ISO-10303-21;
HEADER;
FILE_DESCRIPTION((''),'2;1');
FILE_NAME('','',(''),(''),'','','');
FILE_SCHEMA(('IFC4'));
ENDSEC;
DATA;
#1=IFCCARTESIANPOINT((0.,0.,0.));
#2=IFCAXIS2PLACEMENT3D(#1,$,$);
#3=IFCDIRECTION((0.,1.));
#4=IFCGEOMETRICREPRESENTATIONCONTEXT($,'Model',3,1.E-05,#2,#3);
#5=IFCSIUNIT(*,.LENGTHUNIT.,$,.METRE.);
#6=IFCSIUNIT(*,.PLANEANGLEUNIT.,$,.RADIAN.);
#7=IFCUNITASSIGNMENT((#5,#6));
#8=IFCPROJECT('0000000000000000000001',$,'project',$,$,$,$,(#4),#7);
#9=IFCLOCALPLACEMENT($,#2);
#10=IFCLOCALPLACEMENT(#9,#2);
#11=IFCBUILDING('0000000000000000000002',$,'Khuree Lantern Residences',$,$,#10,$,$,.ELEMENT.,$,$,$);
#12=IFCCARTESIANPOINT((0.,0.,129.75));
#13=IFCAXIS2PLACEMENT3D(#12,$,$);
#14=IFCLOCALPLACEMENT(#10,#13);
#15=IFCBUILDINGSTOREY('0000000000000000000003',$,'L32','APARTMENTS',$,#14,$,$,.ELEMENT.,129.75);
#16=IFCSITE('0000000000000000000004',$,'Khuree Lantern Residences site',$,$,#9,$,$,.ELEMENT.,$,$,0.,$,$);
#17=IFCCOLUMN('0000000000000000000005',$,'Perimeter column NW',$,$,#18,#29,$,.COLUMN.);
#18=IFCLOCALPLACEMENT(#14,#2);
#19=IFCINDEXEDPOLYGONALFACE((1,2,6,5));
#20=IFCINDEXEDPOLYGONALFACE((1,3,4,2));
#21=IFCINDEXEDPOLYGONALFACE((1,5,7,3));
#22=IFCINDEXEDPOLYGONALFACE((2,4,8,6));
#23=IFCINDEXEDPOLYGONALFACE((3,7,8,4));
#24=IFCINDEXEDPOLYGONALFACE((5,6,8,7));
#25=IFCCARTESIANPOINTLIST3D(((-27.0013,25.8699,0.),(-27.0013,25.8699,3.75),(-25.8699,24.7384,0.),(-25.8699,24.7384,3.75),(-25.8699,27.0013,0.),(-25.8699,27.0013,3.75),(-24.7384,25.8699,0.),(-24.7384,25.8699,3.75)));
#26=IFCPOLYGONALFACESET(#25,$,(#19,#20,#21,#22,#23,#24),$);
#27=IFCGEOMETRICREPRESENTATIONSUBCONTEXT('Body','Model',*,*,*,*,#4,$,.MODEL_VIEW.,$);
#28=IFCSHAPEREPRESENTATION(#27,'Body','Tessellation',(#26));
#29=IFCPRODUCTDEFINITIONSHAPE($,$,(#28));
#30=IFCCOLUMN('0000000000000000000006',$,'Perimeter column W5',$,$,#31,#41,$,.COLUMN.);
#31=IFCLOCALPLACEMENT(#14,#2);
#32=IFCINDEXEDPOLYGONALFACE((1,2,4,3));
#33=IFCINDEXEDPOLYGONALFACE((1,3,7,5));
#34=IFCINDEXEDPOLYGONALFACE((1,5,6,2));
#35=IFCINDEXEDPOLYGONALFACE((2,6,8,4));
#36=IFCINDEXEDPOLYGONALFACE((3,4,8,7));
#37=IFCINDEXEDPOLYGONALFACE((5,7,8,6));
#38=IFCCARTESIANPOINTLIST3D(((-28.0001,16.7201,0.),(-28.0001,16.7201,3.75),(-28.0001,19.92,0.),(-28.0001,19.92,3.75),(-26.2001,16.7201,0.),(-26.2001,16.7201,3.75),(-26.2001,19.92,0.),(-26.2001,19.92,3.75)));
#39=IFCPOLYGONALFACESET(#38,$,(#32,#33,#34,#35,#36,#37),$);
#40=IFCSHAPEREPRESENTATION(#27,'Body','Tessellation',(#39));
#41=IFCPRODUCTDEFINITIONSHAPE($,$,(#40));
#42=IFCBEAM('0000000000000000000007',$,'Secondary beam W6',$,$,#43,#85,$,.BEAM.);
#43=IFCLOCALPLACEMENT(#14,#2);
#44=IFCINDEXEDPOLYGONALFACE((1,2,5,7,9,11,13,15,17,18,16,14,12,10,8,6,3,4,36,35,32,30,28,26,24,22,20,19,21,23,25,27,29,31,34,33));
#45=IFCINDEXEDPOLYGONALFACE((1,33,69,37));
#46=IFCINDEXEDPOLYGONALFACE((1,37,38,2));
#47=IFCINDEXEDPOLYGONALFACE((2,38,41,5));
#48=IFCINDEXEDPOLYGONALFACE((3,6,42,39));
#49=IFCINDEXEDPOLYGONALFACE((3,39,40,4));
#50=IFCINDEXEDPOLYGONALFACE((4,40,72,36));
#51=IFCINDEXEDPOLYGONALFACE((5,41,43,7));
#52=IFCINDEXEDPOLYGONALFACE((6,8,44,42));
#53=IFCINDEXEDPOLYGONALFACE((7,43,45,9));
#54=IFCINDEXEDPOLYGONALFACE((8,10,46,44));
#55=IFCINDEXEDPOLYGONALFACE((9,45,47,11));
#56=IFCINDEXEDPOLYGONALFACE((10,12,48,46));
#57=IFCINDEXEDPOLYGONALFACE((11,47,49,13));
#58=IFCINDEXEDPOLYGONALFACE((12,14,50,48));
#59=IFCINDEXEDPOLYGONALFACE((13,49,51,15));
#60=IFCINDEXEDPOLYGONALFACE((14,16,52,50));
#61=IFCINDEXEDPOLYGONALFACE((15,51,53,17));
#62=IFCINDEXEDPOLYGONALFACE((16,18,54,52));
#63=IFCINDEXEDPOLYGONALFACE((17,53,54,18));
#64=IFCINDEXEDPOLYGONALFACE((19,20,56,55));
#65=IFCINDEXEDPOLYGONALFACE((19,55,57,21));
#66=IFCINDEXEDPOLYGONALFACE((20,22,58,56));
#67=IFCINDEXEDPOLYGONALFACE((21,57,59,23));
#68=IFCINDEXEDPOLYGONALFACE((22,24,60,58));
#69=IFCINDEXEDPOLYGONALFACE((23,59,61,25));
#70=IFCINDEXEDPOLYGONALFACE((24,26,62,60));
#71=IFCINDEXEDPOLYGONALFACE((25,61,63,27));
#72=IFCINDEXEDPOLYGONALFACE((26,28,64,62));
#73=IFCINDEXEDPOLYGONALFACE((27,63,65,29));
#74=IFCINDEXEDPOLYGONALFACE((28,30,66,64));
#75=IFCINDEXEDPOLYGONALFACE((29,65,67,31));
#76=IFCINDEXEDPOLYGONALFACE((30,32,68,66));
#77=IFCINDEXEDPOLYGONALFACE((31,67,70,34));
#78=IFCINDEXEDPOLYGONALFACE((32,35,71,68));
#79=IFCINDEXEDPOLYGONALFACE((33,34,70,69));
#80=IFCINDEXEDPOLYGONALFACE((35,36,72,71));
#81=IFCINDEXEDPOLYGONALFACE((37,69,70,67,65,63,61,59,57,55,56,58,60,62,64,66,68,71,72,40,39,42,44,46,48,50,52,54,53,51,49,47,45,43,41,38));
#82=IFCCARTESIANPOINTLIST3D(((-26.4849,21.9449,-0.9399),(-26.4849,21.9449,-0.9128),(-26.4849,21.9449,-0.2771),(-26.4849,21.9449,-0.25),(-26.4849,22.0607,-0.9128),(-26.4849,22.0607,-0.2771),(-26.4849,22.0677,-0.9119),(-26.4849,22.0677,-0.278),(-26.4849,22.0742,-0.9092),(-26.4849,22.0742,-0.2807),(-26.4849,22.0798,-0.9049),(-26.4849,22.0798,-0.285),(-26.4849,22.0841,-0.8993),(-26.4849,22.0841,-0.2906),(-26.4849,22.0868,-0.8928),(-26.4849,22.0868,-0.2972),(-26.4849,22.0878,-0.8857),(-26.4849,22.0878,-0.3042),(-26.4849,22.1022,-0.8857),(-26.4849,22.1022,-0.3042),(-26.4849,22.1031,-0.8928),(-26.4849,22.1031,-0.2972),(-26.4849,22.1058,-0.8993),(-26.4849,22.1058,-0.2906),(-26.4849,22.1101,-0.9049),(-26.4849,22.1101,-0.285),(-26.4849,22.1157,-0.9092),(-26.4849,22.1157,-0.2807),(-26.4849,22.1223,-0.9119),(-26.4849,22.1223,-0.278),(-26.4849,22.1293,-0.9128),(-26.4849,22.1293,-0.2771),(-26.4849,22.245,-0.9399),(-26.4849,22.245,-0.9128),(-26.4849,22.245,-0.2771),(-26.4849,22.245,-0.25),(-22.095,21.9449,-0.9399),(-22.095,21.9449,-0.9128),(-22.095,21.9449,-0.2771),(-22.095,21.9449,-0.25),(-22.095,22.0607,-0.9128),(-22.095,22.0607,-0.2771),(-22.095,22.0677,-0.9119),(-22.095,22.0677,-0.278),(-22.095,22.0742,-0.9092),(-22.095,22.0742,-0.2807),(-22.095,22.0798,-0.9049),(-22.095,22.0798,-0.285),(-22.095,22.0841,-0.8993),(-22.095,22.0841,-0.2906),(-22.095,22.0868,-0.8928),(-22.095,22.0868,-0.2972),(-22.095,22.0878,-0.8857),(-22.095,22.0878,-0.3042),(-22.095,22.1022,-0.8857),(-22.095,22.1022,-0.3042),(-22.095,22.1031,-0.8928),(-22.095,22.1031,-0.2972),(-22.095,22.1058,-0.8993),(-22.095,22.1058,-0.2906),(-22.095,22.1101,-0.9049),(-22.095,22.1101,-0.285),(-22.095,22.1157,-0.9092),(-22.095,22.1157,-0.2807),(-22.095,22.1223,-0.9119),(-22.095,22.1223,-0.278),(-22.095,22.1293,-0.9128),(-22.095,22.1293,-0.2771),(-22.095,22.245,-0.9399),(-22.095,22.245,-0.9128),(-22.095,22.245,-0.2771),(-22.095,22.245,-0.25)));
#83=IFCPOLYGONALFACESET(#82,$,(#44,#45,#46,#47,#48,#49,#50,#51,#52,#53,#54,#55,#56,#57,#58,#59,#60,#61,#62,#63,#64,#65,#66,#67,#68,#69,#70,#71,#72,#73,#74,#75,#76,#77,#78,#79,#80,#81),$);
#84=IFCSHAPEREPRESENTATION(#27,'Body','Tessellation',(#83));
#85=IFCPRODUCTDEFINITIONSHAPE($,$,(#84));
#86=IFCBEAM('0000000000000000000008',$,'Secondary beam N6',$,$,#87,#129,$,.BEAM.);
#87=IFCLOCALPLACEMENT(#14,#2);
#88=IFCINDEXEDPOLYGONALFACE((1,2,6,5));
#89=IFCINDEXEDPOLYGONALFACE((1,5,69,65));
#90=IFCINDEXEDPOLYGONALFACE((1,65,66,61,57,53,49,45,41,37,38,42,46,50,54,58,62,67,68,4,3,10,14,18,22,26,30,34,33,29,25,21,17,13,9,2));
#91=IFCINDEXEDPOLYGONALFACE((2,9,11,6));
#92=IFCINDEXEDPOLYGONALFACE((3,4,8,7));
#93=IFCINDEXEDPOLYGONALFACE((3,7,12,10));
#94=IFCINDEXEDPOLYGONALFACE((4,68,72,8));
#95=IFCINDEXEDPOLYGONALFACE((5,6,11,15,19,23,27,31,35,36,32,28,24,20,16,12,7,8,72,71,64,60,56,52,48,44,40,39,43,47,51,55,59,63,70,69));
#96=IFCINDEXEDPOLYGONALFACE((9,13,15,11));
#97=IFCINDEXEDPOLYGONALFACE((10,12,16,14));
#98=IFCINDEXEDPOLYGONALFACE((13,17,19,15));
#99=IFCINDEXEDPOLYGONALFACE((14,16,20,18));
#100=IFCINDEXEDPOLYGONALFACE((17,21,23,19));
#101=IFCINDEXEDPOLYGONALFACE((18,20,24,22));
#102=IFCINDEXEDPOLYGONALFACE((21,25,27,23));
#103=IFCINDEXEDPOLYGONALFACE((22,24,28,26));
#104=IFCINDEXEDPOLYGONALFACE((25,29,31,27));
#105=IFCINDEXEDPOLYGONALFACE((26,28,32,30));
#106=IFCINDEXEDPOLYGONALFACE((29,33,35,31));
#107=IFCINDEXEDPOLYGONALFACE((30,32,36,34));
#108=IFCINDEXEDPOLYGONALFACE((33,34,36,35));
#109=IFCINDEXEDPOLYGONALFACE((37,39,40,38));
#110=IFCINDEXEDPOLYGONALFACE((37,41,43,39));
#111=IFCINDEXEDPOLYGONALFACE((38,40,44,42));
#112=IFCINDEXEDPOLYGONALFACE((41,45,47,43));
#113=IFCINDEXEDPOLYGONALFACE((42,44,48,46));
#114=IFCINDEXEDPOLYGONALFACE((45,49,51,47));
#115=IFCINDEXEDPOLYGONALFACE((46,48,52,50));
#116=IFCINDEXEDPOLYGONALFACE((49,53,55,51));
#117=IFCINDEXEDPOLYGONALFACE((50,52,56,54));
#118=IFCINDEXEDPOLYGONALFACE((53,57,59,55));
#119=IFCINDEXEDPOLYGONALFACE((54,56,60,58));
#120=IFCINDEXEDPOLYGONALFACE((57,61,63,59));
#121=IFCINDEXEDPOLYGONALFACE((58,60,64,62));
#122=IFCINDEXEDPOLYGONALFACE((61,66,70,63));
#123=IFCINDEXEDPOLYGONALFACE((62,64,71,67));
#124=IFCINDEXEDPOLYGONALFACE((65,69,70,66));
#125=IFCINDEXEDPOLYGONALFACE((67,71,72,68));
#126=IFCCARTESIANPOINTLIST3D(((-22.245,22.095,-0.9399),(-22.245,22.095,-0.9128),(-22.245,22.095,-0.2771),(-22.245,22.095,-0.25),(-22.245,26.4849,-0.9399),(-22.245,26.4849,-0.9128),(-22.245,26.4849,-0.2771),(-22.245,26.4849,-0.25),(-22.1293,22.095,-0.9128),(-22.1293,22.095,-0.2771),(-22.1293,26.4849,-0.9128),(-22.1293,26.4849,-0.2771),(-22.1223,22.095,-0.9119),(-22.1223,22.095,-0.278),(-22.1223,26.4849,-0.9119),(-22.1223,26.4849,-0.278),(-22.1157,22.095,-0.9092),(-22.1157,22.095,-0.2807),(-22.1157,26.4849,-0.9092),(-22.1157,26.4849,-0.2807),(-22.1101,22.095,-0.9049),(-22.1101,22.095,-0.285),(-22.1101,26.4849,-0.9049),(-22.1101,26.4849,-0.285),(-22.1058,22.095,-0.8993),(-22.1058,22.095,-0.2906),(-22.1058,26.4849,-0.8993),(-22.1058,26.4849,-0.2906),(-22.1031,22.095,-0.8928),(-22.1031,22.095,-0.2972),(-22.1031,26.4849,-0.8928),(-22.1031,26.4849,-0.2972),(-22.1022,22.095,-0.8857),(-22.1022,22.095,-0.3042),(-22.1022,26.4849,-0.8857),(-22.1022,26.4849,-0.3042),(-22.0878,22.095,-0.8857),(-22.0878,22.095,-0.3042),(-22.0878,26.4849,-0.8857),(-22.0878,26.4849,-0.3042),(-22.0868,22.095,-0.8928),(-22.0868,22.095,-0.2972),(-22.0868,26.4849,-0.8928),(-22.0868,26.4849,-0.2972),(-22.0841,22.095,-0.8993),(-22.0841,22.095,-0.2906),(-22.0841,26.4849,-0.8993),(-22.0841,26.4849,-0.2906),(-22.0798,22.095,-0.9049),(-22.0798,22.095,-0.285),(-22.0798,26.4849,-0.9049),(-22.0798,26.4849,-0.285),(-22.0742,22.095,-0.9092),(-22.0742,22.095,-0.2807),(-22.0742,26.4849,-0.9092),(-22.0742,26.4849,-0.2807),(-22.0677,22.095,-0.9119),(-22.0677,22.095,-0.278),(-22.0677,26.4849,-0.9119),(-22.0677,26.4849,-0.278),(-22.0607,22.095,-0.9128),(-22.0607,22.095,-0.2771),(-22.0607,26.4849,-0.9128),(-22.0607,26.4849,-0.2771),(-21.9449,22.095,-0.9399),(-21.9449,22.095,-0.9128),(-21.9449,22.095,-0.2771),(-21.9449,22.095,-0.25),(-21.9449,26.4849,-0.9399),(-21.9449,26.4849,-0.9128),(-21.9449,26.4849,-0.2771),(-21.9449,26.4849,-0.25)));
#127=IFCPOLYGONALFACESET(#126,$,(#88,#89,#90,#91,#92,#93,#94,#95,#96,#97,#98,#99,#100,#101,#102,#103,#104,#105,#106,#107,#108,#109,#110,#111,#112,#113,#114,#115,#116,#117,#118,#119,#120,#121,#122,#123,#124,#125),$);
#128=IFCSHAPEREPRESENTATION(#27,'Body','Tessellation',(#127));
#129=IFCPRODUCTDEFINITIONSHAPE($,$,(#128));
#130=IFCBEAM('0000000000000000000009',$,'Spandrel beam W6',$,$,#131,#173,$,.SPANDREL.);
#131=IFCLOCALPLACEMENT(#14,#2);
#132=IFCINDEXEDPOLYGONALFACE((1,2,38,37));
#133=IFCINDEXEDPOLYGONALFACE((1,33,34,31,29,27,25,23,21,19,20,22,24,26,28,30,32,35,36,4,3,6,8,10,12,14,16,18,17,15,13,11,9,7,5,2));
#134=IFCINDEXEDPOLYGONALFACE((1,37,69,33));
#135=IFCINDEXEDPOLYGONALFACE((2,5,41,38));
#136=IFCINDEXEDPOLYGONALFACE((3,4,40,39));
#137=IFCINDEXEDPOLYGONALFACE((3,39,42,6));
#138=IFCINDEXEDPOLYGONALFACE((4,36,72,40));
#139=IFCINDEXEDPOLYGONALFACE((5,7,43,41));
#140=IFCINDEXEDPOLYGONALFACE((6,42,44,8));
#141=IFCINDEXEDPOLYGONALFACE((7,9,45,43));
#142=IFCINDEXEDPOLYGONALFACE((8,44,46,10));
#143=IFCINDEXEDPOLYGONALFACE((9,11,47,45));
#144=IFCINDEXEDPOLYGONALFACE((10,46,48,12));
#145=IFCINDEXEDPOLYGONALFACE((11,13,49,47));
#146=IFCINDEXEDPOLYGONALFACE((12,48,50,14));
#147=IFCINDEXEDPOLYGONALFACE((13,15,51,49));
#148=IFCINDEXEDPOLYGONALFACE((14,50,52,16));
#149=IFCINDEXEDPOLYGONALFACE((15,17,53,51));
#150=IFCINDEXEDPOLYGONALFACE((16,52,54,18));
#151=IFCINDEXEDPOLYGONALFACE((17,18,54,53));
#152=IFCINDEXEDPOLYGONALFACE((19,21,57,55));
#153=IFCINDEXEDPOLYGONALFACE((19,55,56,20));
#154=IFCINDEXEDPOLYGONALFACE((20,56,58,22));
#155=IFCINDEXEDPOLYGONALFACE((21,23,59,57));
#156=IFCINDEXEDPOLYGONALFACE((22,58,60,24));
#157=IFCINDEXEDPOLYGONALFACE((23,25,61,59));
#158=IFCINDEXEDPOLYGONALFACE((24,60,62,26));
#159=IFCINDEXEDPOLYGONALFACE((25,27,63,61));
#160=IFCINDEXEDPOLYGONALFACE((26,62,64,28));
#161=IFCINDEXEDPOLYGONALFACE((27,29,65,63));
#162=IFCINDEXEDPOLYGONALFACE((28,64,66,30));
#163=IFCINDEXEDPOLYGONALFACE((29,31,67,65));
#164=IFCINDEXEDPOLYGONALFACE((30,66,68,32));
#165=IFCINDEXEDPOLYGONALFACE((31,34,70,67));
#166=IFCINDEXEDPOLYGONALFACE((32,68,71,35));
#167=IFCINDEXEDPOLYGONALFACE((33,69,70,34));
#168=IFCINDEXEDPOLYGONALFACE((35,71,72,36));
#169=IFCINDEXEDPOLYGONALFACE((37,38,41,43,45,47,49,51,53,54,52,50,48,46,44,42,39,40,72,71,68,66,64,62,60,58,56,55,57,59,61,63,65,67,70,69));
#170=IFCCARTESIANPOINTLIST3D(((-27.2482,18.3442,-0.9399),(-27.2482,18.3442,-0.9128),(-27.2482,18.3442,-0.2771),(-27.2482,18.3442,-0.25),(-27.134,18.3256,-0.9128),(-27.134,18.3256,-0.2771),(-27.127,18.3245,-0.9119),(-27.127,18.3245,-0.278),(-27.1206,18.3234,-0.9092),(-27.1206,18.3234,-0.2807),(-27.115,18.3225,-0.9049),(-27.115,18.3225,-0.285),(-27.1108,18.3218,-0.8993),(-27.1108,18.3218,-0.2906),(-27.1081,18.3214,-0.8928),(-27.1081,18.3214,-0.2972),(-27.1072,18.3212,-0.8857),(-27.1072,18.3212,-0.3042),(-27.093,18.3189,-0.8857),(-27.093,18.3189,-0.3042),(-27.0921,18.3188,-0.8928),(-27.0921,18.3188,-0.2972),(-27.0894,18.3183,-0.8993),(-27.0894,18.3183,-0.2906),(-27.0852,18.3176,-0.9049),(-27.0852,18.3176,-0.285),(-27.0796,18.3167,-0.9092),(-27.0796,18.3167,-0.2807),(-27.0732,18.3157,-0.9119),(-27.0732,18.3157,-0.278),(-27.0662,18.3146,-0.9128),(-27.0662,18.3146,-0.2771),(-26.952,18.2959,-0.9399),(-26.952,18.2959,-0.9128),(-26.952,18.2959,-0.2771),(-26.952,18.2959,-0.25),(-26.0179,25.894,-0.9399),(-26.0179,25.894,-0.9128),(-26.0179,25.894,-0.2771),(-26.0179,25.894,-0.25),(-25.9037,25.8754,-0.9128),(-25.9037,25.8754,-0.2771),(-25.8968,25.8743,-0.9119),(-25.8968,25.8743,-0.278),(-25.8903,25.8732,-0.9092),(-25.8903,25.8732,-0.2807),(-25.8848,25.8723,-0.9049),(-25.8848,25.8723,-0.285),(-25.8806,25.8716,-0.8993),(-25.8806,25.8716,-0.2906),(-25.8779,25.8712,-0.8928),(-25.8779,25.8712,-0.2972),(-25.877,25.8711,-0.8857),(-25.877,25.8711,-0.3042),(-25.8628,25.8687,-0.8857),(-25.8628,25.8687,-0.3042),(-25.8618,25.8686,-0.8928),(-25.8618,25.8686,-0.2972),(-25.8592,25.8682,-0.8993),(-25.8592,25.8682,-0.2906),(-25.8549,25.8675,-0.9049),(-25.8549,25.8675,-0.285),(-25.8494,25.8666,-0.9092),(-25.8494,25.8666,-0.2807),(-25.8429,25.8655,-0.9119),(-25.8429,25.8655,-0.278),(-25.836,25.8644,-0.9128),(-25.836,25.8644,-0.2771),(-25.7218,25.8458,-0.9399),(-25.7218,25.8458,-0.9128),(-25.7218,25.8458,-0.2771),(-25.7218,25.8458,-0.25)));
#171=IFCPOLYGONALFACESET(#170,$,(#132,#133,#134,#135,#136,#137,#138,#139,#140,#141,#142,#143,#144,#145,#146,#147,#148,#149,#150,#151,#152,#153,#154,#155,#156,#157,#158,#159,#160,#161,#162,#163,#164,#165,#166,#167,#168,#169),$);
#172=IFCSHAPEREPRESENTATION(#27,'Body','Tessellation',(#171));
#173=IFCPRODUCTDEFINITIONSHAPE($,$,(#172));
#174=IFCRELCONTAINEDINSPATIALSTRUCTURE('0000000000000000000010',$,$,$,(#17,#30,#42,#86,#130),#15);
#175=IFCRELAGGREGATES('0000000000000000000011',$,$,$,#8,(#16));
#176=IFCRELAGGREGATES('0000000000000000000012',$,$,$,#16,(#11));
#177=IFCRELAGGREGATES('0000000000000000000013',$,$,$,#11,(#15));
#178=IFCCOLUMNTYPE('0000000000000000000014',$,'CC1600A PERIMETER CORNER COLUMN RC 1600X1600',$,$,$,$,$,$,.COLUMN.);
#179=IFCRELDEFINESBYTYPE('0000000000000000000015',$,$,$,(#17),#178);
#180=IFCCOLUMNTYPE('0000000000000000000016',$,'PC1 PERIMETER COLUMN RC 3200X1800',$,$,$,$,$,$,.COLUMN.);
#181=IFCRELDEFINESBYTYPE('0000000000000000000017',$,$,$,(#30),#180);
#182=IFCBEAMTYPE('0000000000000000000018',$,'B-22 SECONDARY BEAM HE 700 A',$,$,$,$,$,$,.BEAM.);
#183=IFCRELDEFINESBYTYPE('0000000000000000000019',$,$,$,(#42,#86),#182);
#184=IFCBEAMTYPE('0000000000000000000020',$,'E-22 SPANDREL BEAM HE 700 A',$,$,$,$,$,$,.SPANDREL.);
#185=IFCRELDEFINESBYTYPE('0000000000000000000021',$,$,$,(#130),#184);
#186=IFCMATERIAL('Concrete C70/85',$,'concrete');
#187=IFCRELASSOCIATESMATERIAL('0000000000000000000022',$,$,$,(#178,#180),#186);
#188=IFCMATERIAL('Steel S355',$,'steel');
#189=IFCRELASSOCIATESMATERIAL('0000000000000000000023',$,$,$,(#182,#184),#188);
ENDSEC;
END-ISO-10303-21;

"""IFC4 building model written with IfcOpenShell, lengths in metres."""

from ifc_helpers import new_model, si_unit, direction, frame, origin, origin_2d, place, context, subcontext, project, spatial, rectangle, i_section, extrude, material, material_profile, profile_set, type_object, element, save


model = new_model("IFC4")

# Units and contexts
model_context = context("Model", 3, precision=1e-05, world=origin(), true_north=direction((0.0, 1.0)))
body_context = subcontext(model_context, "Body", "Model", "MODEL_VIEW")
ifc_project = project(units=[si_unit("LENGTHUNIT", "METRE"), si_unit("PLANEANGLEUNIT", "RADIAN")], contexts=[model_context])

# Site, building, storey
site_placement = place(None, origin())
site = spatial("IfcSite", under=ifc_project, at=site_placement, Name="Khuree Lantern Residences site", CompositionType="ELEMENT", RefElevation=0.0)
building_placement = place(site_placement, origin())
building = spatial("IfcBuilding", under=site, at=building_placement, Name="Khuree Lantern Residences", CompositionType="ELEMENT")
storey_placement = place(building_placement, frame((0.0, 0.0, 129.75)))
storey = spatial("IfcBuildingStorey", under=building, at=storey_placement, Name="L32", Description="APARTMENTS", CompositionType="ELEMENT", Elevation=129.75)

# Columns
ifc_material_1 = material(Name="Concrete C70/85", Category="concrete")
ifc_material_profile_1 = material_profile(ifc_material_1, rectangle(XDim=1.6001, YDim=1.6001, at=origin_2d()), Name="RC 1600X1600")
ifc_profile_set_1 = profile_set([ifc_material_profile_1], Name="Concrete C70/85")
column_type_1 = type_object("IfcColumnType", Name="CC1600A PERIMETER CORNER COLUMN RC 1600X1600", PredefinedType="COLUMN", material=ifc_profile_set_1)
column_1_placement = place(storey_placement, frame((-25.8699, 25.8699, 0.0), z_axis=(0.0, 0.0, 1.0), x_axis=(0.707107, 0.707107, 0.0)))
element("IfcColumn", 1, at=column_1_placement, inside=storey, type_object=column_type_1, Name="Perimeter column NW", PredefinedType="COLUMN", context=body_context, shape_type="SweptSolid", body=[
    extrude(rectangle(XDim=1.6001, YDim=1.6001, at=origin_2d()), origin(), (0.0, 0.0, 1.0), 3.75),
])
ifc_material_profile_2 = material_profile(ifc_material_1, rectangle(XDim=3.2, YDim=1.8, at=origin_2d()), Name="RC 3200X1800")
ifc_profile_set_2 = profile_set([ifc_material_profile_2], Name="Concrete C70/85")
column_type_2 = type_object("IfcColumnType", Name="PC1 PERIMETER COLUMN RC 3200X1800", PredefinedType="COLUMN", material=ifc_profile_set_2)
column_2_placement = place(storey_placement, frame((-27.1001, 18.3201, 0.0), z_axis=(0.0, 0.0, 1.0), x_axis=(0.0, 1.0, 0.0)))
element("IfcColumn", 2, at=column_2_placement, inside=storey, type_object=column_type_2, Name="Perimeter column W5", PredefinedType="COLUMN", context=body_context, shape_type="SweptSolid", body=[
    extrude(rectangle(XDim=3.2, YDim=1.8, at=origin_2d()), origin(), (0.0, 0.0, 1.0), 3.75),
])

# Beams
ifc_material_2 = material(Name="Steel S355", Category="steel")
ifc_material_profile_3 = material_profile(ifc_material_2, i_section(OverallWidth=0.3, OverallDepth=0.6899, WebThickness=0.0144, FlangeThickness=0.0271, FilletRadius=0.0271, at=origin_2d()), Name="HE 700 A")
ifc_profile_set_3 = profile_set([ifc_material_profile_3], Name="Steel S355")
beam_type_1 = type_object("IfcBeamType", Name="B-22 SECONDARY BEAM HE 700 A", PredefinedType="BEAM", material=ifc_profile_set_3)
for number, where, z_axis, x_axis, name in (
    (3, (-26.4849, 22.095, -0.595), (1.0, 0.0, 0.0), (0.0, 1.0, 0.0), "Secondary beam W6"),
    (4, (-22.095, 26.4849, -0.595), (0.0, -1.0, 0.0), (1.0, 0.0, 0.0), "Secondary beam N6"),
):
    element("IfcBeam", number, at=place(storey_placement, frame(where, z_axis=z_axis, x_axis=x_axis)), inside=storey, type_object=beam_type_1, Name=name, PredefinedType="BEAM", context=body_context, shape_type="SweptSolid", body=[
        extrude(i_section(OverallWidth=0.3, OverallDepth=0.6899, WebThickness=0.0144, FlangeThickness=0.0271, FilletRadius=0.0271, at=origin_2d()), origin(), (0.0, 0.0, 1.0), 4.3899),
    ])
ifc_material_profile_4 = material_profile(ifc_material_2, i_section(OverallWidth=0.3, OverallDepth=0.6899, WebThickness=0.0144, FlangeThickness=0.0271, FilletRadius=0.0271, at=origin_2d()), Name="HE 700 A")
ifc_profile_set_4 = profile_set([ifc_material_profile_4], Name="Steel S355")
beam_type_2 = type_object("IfcBeamType", Name="E-22 SPANDREL BEAM HE 700 A", PredefinedType="SPANDREL", material=ifc_profile_set_4)
for number, where, z_axis, x_axis, name in (
    (5, (-27.1001, 18.3201, -0.595), (0.160827, 0.986983, 0.0), (-0.986983, 0.160827, 0.0), "Spandrel beam W6"),
):
    element("IfcBeam", number, at=place(storey_placement, frame(where, z_axis=z_axis, x_axis=x_axis)), inside=storey, type_object=beam_type_2, Name=name, PredefinedType="SPANDREL", context=body_context, shape_type="SweptSolid", body=[
        extrude(i_section(OverallWidth=0.3, OverallDepth=0.6899, WebThickness=0.0144, FlangeThickness=0.0271, FilletRadius=0.0271, at=origin_2d()), origin(), (0.0, 0.0, 1.0), 7.6494),
    ])

save(model, "model.ifc")
